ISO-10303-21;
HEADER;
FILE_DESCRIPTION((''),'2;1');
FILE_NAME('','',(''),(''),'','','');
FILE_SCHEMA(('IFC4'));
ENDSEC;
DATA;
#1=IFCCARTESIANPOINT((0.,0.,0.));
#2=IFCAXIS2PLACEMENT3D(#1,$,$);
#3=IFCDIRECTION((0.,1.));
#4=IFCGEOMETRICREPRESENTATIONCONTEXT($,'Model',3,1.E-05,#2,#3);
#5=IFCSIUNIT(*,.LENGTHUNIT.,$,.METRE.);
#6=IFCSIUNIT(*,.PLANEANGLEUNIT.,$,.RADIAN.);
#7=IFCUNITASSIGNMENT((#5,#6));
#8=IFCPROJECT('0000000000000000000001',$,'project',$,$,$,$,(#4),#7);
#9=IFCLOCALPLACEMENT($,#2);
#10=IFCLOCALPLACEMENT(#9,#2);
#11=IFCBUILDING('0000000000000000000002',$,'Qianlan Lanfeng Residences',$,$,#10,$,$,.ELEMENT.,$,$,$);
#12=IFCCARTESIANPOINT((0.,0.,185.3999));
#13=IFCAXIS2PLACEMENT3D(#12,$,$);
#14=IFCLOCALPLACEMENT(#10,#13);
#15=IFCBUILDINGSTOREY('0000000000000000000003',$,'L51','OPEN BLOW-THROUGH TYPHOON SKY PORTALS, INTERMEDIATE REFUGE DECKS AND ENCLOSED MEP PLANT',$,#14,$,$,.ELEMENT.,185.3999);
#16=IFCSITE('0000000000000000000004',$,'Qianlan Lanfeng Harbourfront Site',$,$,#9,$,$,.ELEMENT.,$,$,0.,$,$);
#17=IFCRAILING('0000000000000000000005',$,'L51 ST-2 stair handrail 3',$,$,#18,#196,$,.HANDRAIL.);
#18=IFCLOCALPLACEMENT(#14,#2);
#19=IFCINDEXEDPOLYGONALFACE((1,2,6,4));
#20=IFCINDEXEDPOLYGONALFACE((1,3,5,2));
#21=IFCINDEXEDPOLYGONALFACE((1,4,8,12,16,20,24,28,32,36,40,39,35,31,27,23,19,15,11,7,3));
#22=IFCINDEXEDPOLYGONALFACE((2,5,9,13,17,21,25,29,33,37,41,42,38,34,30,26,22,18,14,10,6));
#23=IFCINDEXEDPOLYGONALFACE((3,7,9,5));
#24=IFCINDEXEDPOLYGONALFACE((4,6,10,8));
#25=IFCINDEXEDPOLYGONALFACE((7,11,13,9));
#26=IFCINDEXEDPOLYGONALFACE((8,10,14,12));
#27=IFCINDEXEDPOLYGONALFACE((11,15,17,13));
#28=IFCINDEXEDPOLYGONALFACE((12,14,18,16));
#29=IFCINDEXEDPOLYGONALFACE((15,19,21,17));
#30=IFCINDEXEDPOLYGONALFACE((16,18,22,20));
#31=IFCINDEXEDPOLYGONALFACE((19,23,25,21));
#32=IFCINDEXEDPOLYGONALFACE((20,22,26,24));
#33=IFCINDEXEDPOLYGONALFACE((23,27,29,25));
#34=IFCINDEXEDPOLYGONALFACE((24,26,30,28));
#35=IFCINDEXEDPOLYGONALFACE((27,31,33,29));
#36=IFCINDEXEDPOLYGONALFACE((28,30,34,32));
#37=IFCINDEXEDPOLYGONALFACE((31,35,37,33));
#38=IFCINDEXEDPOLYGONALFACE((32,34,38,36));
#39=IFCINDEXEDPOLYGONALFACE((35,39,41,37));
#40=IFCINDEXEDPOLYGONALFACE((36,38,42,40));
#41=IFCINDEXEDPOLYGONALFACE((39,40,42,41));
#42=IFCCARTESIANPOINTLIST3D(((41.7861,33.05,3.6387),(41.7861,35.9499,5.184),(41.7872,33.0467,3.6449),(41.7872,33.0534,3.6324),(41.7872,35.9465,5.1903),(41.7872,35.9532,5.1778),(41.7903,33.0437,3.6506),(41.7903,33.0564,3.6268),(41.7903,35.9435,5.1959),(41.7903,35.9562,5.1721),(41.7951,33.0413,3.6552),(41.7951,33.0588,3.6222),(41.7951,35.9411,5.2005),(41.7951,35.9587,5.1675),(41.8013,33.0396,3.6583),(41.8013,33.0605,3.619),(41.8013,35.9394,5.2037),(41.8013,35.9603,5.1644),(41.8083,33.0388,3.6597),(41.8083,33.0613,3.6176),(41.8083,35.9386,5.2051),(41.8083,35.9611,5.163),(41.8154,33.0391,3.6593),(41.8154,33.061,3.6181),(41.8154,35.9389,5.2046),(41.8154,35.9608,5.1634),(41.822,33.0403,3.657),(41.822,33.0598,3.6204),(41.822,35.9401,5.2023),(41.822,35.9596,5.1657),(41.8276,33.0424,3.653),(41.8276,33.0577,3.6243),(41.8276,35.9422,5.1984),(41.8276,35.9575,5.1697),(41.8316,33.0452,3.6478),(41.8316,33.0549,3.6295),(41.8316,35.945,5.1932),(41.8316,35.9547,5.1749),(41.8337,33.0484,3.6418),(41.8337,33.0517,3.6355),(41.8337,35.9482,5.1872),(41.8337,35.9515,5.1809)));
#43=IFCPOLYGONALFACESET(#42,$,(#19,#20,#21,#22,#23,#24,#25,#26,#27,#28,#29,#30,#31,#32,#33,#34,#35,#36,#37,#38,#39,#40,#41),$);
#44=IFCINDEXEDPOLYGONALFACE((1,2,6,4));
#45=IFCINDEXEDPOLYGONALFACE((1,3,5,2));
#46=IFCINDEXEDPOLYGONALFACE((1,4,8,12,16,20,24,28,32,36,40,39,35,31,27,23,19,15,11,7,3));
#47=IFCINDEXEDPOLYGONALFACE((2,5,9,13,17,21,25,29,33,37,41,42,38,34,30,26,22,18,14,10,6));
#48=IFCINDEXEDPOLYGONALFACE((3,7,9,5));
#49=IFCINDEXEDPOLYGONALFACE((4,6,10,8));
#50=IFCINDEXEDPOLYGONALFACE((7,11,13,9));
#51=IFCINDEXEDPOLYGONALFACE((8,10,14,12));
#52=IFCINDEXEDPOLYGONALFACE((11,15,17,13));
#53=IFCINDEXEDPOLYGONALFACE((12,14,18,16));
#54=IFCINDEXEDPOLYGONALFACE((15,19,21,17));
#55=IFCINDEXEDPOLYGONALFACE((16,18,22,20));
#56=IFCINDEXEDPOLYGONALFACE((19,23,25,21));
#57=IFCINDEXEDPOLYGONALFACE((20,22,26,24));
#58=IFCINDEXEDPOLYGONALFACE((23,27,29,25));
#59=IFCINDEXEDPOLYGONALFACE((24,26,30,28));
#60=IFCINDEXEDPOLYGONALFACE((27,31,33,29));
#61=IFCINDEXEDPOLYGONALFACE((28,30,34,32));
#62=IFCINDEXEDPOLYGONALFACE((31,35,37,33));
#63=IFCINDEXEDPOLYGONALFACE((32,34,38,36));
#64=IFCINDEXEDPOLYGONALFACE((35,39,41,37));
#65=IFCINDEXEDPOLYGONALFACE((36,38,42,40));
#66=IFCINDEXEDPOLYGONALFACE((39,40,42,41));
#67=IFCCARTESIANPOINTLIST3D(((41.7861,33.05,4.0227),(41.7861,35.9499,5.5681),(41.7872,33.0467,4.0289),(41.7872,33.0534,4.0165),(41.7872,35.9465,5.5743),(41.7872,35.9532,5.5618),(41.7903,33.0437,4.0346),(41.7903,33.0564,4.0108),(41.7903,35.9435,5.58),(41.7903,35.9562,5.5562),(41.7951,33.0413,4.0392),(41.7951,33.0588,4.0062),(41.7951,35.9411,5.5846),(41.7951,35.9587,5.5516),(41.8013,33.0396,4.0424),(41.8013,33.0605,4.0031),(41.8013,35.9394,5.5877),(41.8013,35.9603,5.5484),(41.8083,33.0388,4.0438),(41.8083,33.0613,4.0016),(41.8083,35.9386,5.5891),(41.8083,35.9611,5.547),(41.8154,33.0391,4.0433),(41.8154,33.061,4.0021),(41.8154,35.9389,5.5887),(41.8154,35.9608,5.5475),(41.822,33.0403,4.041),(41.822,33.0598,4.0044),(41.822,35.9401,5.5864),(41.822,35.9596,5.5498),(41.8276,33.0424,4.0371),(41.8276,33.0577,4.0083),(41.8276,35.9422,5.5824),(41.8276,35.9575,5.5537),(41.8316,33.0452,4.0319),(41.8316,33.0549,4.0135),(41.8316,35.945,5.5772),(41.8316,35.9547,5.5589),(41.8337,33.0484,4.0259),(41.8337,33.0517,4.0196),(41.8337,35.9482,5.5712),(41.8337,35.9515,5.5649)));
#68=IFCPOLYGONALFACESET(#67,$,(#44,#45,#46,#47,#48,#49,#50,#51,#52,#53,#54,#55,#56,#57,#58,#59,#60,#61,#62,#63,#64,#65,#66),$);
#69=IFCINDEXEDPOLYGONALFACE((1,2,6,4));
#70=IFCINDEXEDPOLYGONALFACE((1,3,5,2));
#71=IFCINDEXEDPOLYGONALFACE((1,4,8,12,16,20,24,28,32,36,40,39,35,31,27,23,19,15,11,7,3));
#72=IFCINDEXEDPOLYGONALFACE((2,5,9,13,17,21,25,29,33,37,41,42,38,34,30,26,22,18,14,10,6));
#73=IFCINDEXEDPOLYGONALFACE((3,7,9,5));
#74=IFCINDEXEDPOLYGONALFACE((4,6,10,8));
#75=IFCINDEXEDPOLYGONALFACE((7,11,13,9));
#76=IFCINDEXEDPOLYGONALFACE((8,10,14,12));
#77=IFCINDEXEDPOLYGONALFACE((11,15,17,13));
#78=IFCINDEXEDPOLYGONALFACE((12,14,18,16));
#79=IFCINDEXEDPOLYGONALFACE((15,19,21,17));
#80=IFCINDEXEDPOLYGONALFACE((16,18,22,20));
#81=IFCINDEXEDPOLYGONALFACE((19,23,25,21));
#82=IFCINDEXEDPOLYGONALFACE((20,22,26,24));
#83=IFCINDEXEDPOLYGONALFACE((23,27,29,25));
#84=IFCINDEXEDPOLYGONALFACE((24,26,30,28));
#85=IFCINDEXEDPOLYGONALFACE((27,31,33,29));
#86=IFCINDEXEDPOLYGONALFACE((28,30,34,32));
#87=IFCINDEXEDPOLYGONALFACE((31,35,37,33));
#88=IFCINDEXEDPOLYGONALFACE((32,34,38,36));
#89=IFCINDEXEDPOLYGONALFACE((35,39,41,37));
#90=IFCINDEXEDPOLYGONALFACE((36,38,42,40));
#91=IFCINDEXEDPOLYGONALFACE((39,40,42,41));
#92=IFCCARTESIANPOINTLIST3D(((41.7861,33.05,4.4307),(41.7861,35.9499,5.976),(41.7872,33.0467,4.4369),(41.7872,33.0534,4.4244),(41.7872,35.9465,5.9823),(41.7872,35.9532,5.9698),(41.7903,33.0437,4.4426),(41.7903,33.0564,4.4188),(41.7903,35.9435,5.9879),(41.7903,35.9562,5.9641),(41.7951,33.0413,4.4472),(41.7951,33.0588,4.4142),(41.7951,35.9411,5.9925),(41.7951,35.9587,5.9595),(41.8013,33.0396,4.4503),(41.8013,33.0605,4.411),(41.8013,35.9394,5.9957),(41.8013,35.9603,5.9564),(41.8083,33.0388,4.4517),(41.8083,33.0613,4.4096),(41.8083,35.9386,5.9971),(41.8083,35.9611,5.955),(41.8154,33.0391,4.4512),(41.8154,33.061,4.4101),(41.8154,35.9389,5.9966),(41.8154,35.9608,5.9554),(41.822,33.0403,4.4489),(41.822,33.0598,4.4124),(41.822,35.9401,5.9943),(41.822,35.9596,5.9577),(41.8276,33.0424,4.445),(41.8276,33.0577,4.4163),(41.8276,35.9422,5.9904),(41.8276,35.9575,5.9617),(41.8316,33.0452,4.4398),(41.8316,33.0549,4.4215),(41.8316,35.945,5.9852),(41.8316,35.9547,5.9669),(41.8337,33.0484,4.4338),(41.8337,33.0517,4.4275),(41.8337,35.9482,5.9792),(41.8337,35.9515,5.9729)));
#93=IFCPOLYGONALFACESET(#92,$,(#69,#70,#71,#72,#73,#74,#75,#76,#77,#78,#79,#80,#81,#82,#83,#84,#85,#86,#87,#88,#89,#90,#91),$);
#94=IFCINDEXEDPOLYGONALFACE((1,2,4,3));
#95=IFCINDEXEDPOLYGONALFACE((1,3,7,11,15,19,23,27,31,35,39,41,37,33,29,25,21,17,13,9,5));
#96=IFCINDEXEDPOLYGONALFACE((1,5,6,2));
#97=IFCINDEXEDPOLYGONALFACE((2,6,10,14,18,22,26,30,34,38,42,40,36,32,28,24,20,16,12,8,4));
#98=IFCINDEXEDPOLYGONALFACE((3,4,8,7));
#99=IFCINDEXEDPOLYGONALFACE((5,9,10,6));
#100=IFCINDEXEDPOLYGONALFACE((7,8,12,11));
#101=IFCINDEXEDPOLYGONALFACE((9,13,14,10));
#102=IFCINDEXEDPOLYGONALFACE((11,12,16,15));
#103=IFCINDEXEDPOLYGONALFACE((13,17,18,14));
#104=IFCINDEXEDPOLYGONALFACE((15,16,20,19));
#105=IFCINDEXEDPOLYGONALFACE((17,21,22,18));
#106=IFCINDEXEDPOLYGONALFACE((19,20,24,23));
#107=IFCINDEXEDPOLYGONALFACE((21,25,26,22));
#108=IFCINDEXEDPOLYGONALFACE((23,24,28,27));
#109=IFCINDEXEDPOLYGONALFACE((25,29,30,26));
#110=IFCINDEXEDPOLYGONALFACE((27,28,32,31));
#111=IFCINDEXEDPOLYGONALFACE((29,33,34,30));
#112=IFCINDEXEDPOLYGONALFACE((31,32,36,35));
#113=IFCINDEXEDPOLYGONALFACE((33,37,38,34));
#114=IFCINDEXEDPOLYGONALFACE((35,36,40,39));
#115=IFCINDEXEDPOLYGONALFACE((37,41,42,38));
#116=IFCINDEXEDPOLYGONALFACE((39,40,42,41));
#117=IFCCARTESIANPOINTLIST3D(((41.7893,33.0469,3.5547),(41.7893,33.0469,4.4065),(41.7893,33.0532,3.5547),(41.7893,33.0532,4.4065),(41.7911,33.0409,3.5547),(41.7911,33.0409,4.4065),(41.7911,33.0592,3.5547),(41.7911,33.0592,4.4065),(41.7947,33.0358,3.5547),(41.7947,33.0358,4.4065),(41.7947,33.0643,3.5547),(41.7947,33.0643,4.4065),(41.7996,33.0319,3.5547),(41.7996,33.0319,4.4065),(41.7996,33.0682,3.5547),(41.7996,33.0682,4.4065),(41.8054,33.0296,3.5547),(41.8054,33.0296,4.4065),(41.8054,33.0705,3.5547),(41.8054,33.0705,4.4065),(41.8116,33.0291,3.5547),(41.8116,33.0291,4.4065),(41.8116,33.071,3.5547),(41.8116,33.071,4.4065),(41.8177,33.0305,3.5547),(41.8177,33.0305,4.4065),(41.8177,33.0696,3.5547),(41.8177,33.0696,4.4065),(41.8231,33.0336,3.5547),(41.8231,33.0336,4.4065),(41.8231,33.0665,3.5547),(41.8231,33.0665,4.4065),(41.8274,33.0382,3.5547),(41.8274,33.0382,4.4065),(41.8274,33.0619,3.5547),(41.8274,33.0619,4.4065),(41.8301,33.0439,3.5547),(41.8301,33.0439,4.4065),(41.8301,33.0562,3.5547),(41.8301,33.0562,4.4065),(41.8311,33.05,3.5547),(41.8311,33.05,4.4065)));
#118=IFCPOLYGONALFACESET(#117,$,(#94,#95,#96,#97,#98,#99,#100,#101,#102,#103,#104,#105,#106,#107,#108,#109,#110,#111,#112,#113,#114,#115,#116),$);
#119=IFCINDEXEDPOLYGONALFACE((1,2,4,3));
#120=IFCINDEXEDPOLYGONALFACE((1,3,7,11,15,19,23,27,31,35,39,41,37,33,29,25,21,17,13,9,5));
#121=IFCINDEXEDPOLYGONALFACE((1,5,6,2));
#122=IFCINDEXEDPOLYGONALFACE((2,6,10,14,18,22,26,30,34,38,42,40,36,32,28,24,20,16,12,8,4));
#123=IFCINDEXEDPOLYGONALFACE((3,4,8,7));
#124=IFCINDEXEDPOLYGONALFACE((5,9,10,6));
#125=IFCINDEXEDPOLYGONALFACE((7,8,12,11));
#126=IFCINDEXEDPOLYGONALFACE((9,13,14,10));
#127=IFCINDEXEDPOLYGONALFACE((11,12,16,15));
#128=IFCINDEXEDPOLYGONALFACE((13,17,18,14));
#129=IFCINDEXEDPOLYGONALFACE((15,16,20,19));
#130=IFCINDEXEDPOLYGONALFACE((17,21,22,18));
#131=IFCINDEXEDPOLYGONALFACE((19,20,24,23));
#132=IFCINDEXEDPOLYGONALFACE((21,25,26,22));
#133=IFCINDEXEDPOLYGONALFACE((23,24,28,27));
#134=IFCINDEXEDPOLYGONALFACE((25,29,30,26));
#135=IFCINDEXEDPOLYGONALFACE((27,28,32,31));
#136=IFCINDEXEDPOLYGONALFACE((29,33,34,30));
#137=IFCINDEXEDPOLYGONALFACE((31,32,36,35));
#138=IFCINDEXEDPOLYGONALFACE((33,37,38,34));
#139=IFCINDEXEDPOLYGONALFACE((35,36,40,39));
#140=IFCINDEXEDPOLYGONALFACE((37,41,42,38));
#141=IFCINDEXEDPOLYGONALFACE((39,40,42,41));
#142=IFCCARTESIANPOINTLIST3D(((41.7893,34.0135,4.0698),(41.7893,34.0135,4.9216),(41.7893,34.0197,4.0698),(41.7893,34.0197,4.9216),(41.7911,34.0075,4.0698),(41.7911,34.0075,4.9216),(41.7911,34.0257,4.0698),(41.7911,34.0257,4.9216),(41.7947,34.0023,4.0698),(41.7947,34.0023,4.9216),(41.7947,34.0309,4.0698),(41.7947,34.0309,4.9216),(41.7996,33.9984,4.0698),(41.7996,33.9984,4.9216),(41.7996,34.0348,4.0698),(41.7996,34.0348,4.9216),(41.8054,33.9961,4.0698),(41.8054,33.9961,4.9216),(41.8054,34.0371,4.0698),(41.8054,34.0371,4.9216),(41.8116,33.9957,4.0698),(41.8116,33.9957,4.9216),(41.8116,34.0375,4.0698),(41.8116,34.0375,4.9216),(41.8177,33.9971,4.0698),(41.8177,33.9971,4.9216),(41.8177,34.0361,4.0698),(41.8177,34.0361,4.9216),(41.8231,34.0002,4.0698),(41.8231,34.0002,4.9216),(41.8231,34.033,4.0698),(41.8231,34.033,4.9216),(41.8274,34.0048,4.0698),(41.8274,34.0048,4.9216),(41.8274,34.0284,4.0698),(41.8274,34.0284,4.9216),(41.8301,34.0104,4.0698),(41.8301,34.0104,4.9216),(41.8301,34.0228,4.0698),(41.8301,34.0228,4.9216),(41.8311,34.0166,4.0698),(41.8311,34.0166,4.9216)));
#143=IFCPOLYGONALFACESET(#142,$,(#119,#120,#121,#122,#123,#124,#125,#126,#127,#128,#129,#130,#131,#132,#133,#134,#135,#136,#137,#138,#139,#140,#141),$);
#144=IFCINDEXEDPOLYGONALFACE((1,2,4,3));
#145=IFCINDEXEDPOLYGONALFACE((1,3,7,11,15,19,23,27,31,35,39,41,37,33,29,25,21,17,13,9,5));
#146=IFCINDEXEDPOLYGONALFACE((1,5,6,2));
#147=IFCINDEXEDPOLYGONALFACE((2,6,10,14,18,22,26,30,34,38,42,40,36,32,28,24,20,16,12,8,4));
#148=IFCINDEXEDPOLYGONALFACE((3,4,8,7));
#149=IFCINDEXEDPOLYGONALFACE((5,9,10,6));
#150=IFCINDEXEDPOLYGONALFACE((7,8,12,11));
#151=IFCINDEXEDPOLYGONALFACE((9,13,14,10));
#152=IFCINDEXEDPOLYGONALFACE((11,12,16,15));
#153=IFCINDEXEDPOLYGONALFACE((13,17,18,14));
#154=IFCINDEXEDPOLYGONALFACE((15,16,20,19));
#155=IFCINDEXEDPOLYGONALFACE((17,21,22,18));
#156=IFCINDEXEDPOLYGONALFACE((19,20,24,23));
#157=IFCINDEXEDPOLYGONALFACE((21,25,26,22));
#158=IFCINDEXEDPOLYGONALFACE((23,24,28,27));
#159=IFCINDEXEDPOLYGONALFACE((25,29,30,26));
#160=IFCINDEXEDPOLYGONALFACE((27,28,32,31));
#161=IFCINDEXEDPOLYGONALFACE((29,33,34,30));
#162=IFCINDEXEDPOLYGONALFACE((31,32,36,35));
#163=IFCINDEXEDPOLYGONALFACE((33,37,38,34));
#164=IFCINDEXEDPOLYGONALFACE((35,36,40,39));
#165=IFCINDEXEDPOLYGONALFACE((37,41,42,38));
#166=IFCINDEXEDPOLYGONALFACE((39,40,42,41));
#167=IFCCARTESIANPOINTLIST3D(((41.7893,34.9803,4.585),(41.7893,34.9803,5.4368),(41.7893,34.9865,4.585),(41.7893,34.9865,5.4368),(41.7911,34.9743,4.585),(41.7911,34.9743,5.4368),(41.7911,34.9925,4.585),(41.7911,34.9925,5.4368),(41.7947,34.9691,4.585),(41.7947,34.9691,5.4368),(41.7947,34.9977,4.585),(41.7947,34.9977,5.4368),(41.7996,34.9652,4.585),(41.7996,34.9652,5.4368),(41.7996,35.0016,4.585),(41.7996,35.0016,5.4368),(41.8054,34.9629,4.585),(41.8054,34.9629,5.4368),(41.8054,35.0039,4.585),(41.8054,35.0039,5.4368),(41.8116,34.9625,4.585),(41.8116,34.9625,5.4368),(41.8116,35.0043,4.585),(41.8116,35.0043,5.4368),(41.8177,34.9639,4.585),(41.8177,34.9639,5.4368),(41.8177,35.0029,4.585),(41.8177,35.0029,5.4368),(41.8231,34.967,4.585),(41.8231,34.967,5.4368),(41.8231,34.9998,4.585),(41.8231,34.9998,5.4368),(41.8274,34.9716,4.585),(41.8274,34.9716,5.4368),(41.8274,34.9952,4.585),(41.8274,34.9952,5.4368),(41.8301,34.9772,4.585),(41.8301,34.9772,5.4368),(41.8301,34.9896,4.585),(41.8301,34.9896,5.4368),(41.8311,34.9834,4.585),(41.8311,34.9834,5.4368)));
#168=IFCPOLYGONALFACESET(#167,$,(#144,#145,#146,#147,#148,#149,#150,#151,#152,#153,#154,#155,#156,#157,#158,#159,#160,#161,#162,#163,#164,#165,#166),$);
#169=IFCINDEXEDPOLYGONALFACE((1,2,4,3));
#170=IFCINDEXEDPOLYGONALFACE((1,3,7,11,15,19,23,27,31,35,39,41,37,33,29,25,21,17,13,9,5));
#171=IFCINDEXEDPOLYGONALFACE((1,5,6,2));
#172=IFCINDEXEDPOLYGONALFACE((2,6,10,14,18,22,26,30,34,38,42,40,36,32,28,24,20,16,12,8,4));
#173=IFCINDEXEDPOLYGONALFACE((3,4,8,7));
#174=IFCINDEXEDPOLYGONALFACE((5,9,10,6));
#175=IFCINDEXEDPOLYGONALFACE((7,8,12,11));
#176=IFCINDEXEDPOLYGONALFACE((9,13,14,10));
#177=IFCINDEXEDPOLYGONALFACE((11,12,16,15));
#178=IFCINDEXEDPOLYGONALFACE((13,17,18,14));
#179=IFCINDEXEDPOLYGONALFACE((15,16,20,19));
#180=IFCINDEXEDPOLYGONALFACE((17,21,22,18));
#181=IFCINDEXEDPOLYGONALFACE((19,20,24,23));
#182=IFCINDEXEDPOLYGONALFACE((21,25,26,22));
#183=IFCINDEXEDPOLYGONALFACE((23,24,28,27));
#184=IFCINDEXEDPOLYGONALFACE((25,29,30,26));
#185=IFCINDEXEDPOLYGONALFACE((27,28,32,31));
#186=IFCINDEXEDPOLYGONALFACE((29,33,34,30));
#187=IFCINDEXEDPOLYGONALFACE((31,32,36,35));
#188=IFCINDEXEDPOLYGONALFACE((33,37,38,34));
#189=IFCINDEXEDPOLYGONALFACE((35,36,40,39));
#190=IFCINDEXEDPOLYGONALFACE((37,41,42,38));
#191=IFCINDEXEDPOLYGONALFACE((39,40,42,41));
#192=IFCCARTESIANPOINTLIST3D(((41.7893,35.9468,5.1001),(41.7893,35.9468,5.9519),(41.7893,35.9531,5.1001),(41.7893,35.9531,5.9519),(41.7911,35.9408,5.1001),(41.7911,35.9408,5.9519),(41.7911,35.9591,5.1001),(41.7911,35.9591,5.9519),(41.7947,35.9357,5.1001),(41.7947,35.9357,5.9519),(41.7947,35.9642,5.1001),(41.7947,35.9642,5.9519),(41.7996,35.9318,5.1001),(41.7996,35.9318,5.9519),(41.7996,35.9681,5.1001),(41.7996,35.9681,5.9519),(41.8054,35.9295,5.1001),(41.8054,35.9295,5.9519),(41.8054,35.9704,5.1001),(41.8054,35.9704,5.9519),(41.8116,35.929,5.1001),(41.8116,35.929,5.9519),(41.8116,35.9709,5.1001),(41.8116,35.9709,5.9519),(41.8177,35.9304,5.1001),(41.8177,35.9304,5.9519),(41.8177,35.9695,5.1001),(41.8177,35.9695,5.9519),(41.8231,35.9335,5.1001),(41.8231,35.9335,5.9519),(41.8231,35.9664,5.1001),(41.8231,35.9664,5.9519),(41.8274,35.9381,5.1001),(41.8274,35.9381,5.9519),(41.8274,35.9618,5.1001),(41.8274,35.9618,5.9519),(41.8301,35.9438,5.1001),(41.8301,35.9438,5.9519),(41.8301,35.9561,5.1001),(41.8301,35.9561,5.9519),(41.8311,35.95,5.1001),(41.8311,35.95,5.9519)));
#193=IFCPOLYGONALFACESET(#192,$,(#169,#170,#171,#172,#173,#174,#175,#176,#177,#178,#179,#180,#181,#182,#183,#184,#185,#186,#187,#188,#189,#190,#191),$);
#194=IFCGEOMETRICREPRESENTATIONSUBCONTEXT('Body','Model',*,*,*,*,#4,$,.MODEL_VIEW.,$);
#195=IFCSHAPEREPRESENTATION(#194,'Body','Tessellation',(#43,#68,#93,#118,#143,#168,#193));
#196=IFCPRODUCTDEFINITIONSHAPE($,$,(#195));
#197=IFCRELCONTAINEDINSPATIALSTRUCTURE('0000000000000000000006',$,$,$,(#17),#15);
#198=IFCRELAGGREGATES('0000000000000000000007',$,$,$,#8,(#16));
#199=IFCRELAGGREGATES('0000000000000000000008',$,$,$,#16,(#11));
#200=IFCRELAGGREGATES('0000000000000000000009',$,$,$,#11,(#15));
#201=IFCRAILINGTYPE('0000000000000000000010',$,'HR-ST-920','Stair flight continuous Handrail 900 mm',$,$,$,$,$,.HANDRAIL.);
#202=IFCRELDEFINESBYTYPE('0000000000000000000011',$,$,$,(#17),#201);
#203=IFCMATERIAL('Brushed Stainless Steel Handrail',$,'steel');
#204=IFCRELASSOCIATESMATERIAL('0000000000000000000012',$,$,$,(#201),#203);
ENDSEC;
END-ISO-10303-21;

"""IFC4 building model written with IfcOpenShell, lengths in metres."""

from ifc_helpers import new_model, si_unit, direction, frame, origin, origin_2d, place, context, subcontext, project, spatial, circle, extrude, material, type_object, element, save


model = new_model("IFC4")

# Units and contexts
model_context = context("Model", 3, precision=1e-05, world=origin(), true_north=direction((0.0, 1.0)))
body_context = subcontext(model_context, "Body", "Model", "MODEL_VIEW")
ifc_project = project(units=[si_unit("LENGTHUNIT", "METRE"), si_unit("PLANEANGLEUNIT", "RADIAN")], contexts=[model_context])

# Site, building, storey
site_placement = place(None, origin())
site = spatial("IfcSite", under=ifc_project, at=site_placement, Name="Qianlan Lanfeng Harbourfront Site", CompositionType="ELEMENT", RefElevation=0.0)
building_placement = place(site_placement, origin())
building = spatial("IfcBuilding", under=site, at=building_placement, Name="Qianlan Lanfeng Residences", CompositionType="ELEMENT")
storey_placement = place(building_placement, frame((0.0, 0.0, 185.3999)))
storey = spatial("IfcBuildingStorey", under=building, at=storey_placement, Name="L51", Description="OPEN BLOW-THROUGH TYPHOON SKY PORTALS, INTERMEDIATE REFUGE DECKS AND ENCLOSED MEP PLANT", CompositionType="ELEMENT", Elevation=185.3999)

# Railing
ifc_material_1 = material(Name="Brushed Stainless Steel Handrail", Category="steel")
railing_type_1 = type_object("IfcRailingType", Name="HR-ST-920", Description="Stair flight continuous Handrail 900 mm", PredefinedType="HANDRAIL", material=ifc_material_1)
railing_1_placement = place(storey_placement, frame((41.8101, 33.05, 3.5547)))
element("IfcRailing", 1, at=railing_1_placement, inside=storey, type_object=railing_type_1, Name="L51 ST-2 stair handrail 3", PredefinedType="HANDRAIL", context=body_context, shape_type="SweptSolid", body=[
    extrude(circle(Radius=0.0239, at=origin_2d()), frame((0.0, 0.0, 0.084), z_axis=(0.0, 0.882505, 0.470303), x_axis=(-1.0, 0.0, 0.0)), (0.0, 0.0, 1.0), 3.2859),
    extrude(circle(Radius=0.0239, at=origin_2d()), frame((0.0, 0.0, 0.468), z_axis=(0.0, 0.882505, 0.470303), x_axis=(-1.0, 0.0, 0.0)), (0.0, 0.0, 1.0), 3.2859),
    extrude(circle(Radius=0.0239, at=origin_2d()), frame((0.0, 0.0, 0.876), z_axis=(0.0, 0.882505, 0.470303), x_axis=(-1.0, 0.0, 0.0)), (0.0, 0.0, 1.0), 3.2859),
    extrude(circle(Radius=0.021, at=origin_2d()), origin(), (0.0, 0.0, 1.0), 0.8518),
    extrude(circle(Radius=0.021, at=origin_2d()), frame((0.0, 0.9666, 0.5151)), (0.0, 0.0, 1.0), 0.8518),
    extrude(circle(Radius=0.021, at=origin_2d()), frame((0.0, 1.9333, 1.0303)), (0.0, 0.0, 1.0), 0.8518),
    extrude(circle(Radius=0.021, at=origin_2d()), frame((0.0, 2.8999, 1.5454)), (0.0, 0.0, 1.0), 0.8518),
])

save(model, "model.ifc")
